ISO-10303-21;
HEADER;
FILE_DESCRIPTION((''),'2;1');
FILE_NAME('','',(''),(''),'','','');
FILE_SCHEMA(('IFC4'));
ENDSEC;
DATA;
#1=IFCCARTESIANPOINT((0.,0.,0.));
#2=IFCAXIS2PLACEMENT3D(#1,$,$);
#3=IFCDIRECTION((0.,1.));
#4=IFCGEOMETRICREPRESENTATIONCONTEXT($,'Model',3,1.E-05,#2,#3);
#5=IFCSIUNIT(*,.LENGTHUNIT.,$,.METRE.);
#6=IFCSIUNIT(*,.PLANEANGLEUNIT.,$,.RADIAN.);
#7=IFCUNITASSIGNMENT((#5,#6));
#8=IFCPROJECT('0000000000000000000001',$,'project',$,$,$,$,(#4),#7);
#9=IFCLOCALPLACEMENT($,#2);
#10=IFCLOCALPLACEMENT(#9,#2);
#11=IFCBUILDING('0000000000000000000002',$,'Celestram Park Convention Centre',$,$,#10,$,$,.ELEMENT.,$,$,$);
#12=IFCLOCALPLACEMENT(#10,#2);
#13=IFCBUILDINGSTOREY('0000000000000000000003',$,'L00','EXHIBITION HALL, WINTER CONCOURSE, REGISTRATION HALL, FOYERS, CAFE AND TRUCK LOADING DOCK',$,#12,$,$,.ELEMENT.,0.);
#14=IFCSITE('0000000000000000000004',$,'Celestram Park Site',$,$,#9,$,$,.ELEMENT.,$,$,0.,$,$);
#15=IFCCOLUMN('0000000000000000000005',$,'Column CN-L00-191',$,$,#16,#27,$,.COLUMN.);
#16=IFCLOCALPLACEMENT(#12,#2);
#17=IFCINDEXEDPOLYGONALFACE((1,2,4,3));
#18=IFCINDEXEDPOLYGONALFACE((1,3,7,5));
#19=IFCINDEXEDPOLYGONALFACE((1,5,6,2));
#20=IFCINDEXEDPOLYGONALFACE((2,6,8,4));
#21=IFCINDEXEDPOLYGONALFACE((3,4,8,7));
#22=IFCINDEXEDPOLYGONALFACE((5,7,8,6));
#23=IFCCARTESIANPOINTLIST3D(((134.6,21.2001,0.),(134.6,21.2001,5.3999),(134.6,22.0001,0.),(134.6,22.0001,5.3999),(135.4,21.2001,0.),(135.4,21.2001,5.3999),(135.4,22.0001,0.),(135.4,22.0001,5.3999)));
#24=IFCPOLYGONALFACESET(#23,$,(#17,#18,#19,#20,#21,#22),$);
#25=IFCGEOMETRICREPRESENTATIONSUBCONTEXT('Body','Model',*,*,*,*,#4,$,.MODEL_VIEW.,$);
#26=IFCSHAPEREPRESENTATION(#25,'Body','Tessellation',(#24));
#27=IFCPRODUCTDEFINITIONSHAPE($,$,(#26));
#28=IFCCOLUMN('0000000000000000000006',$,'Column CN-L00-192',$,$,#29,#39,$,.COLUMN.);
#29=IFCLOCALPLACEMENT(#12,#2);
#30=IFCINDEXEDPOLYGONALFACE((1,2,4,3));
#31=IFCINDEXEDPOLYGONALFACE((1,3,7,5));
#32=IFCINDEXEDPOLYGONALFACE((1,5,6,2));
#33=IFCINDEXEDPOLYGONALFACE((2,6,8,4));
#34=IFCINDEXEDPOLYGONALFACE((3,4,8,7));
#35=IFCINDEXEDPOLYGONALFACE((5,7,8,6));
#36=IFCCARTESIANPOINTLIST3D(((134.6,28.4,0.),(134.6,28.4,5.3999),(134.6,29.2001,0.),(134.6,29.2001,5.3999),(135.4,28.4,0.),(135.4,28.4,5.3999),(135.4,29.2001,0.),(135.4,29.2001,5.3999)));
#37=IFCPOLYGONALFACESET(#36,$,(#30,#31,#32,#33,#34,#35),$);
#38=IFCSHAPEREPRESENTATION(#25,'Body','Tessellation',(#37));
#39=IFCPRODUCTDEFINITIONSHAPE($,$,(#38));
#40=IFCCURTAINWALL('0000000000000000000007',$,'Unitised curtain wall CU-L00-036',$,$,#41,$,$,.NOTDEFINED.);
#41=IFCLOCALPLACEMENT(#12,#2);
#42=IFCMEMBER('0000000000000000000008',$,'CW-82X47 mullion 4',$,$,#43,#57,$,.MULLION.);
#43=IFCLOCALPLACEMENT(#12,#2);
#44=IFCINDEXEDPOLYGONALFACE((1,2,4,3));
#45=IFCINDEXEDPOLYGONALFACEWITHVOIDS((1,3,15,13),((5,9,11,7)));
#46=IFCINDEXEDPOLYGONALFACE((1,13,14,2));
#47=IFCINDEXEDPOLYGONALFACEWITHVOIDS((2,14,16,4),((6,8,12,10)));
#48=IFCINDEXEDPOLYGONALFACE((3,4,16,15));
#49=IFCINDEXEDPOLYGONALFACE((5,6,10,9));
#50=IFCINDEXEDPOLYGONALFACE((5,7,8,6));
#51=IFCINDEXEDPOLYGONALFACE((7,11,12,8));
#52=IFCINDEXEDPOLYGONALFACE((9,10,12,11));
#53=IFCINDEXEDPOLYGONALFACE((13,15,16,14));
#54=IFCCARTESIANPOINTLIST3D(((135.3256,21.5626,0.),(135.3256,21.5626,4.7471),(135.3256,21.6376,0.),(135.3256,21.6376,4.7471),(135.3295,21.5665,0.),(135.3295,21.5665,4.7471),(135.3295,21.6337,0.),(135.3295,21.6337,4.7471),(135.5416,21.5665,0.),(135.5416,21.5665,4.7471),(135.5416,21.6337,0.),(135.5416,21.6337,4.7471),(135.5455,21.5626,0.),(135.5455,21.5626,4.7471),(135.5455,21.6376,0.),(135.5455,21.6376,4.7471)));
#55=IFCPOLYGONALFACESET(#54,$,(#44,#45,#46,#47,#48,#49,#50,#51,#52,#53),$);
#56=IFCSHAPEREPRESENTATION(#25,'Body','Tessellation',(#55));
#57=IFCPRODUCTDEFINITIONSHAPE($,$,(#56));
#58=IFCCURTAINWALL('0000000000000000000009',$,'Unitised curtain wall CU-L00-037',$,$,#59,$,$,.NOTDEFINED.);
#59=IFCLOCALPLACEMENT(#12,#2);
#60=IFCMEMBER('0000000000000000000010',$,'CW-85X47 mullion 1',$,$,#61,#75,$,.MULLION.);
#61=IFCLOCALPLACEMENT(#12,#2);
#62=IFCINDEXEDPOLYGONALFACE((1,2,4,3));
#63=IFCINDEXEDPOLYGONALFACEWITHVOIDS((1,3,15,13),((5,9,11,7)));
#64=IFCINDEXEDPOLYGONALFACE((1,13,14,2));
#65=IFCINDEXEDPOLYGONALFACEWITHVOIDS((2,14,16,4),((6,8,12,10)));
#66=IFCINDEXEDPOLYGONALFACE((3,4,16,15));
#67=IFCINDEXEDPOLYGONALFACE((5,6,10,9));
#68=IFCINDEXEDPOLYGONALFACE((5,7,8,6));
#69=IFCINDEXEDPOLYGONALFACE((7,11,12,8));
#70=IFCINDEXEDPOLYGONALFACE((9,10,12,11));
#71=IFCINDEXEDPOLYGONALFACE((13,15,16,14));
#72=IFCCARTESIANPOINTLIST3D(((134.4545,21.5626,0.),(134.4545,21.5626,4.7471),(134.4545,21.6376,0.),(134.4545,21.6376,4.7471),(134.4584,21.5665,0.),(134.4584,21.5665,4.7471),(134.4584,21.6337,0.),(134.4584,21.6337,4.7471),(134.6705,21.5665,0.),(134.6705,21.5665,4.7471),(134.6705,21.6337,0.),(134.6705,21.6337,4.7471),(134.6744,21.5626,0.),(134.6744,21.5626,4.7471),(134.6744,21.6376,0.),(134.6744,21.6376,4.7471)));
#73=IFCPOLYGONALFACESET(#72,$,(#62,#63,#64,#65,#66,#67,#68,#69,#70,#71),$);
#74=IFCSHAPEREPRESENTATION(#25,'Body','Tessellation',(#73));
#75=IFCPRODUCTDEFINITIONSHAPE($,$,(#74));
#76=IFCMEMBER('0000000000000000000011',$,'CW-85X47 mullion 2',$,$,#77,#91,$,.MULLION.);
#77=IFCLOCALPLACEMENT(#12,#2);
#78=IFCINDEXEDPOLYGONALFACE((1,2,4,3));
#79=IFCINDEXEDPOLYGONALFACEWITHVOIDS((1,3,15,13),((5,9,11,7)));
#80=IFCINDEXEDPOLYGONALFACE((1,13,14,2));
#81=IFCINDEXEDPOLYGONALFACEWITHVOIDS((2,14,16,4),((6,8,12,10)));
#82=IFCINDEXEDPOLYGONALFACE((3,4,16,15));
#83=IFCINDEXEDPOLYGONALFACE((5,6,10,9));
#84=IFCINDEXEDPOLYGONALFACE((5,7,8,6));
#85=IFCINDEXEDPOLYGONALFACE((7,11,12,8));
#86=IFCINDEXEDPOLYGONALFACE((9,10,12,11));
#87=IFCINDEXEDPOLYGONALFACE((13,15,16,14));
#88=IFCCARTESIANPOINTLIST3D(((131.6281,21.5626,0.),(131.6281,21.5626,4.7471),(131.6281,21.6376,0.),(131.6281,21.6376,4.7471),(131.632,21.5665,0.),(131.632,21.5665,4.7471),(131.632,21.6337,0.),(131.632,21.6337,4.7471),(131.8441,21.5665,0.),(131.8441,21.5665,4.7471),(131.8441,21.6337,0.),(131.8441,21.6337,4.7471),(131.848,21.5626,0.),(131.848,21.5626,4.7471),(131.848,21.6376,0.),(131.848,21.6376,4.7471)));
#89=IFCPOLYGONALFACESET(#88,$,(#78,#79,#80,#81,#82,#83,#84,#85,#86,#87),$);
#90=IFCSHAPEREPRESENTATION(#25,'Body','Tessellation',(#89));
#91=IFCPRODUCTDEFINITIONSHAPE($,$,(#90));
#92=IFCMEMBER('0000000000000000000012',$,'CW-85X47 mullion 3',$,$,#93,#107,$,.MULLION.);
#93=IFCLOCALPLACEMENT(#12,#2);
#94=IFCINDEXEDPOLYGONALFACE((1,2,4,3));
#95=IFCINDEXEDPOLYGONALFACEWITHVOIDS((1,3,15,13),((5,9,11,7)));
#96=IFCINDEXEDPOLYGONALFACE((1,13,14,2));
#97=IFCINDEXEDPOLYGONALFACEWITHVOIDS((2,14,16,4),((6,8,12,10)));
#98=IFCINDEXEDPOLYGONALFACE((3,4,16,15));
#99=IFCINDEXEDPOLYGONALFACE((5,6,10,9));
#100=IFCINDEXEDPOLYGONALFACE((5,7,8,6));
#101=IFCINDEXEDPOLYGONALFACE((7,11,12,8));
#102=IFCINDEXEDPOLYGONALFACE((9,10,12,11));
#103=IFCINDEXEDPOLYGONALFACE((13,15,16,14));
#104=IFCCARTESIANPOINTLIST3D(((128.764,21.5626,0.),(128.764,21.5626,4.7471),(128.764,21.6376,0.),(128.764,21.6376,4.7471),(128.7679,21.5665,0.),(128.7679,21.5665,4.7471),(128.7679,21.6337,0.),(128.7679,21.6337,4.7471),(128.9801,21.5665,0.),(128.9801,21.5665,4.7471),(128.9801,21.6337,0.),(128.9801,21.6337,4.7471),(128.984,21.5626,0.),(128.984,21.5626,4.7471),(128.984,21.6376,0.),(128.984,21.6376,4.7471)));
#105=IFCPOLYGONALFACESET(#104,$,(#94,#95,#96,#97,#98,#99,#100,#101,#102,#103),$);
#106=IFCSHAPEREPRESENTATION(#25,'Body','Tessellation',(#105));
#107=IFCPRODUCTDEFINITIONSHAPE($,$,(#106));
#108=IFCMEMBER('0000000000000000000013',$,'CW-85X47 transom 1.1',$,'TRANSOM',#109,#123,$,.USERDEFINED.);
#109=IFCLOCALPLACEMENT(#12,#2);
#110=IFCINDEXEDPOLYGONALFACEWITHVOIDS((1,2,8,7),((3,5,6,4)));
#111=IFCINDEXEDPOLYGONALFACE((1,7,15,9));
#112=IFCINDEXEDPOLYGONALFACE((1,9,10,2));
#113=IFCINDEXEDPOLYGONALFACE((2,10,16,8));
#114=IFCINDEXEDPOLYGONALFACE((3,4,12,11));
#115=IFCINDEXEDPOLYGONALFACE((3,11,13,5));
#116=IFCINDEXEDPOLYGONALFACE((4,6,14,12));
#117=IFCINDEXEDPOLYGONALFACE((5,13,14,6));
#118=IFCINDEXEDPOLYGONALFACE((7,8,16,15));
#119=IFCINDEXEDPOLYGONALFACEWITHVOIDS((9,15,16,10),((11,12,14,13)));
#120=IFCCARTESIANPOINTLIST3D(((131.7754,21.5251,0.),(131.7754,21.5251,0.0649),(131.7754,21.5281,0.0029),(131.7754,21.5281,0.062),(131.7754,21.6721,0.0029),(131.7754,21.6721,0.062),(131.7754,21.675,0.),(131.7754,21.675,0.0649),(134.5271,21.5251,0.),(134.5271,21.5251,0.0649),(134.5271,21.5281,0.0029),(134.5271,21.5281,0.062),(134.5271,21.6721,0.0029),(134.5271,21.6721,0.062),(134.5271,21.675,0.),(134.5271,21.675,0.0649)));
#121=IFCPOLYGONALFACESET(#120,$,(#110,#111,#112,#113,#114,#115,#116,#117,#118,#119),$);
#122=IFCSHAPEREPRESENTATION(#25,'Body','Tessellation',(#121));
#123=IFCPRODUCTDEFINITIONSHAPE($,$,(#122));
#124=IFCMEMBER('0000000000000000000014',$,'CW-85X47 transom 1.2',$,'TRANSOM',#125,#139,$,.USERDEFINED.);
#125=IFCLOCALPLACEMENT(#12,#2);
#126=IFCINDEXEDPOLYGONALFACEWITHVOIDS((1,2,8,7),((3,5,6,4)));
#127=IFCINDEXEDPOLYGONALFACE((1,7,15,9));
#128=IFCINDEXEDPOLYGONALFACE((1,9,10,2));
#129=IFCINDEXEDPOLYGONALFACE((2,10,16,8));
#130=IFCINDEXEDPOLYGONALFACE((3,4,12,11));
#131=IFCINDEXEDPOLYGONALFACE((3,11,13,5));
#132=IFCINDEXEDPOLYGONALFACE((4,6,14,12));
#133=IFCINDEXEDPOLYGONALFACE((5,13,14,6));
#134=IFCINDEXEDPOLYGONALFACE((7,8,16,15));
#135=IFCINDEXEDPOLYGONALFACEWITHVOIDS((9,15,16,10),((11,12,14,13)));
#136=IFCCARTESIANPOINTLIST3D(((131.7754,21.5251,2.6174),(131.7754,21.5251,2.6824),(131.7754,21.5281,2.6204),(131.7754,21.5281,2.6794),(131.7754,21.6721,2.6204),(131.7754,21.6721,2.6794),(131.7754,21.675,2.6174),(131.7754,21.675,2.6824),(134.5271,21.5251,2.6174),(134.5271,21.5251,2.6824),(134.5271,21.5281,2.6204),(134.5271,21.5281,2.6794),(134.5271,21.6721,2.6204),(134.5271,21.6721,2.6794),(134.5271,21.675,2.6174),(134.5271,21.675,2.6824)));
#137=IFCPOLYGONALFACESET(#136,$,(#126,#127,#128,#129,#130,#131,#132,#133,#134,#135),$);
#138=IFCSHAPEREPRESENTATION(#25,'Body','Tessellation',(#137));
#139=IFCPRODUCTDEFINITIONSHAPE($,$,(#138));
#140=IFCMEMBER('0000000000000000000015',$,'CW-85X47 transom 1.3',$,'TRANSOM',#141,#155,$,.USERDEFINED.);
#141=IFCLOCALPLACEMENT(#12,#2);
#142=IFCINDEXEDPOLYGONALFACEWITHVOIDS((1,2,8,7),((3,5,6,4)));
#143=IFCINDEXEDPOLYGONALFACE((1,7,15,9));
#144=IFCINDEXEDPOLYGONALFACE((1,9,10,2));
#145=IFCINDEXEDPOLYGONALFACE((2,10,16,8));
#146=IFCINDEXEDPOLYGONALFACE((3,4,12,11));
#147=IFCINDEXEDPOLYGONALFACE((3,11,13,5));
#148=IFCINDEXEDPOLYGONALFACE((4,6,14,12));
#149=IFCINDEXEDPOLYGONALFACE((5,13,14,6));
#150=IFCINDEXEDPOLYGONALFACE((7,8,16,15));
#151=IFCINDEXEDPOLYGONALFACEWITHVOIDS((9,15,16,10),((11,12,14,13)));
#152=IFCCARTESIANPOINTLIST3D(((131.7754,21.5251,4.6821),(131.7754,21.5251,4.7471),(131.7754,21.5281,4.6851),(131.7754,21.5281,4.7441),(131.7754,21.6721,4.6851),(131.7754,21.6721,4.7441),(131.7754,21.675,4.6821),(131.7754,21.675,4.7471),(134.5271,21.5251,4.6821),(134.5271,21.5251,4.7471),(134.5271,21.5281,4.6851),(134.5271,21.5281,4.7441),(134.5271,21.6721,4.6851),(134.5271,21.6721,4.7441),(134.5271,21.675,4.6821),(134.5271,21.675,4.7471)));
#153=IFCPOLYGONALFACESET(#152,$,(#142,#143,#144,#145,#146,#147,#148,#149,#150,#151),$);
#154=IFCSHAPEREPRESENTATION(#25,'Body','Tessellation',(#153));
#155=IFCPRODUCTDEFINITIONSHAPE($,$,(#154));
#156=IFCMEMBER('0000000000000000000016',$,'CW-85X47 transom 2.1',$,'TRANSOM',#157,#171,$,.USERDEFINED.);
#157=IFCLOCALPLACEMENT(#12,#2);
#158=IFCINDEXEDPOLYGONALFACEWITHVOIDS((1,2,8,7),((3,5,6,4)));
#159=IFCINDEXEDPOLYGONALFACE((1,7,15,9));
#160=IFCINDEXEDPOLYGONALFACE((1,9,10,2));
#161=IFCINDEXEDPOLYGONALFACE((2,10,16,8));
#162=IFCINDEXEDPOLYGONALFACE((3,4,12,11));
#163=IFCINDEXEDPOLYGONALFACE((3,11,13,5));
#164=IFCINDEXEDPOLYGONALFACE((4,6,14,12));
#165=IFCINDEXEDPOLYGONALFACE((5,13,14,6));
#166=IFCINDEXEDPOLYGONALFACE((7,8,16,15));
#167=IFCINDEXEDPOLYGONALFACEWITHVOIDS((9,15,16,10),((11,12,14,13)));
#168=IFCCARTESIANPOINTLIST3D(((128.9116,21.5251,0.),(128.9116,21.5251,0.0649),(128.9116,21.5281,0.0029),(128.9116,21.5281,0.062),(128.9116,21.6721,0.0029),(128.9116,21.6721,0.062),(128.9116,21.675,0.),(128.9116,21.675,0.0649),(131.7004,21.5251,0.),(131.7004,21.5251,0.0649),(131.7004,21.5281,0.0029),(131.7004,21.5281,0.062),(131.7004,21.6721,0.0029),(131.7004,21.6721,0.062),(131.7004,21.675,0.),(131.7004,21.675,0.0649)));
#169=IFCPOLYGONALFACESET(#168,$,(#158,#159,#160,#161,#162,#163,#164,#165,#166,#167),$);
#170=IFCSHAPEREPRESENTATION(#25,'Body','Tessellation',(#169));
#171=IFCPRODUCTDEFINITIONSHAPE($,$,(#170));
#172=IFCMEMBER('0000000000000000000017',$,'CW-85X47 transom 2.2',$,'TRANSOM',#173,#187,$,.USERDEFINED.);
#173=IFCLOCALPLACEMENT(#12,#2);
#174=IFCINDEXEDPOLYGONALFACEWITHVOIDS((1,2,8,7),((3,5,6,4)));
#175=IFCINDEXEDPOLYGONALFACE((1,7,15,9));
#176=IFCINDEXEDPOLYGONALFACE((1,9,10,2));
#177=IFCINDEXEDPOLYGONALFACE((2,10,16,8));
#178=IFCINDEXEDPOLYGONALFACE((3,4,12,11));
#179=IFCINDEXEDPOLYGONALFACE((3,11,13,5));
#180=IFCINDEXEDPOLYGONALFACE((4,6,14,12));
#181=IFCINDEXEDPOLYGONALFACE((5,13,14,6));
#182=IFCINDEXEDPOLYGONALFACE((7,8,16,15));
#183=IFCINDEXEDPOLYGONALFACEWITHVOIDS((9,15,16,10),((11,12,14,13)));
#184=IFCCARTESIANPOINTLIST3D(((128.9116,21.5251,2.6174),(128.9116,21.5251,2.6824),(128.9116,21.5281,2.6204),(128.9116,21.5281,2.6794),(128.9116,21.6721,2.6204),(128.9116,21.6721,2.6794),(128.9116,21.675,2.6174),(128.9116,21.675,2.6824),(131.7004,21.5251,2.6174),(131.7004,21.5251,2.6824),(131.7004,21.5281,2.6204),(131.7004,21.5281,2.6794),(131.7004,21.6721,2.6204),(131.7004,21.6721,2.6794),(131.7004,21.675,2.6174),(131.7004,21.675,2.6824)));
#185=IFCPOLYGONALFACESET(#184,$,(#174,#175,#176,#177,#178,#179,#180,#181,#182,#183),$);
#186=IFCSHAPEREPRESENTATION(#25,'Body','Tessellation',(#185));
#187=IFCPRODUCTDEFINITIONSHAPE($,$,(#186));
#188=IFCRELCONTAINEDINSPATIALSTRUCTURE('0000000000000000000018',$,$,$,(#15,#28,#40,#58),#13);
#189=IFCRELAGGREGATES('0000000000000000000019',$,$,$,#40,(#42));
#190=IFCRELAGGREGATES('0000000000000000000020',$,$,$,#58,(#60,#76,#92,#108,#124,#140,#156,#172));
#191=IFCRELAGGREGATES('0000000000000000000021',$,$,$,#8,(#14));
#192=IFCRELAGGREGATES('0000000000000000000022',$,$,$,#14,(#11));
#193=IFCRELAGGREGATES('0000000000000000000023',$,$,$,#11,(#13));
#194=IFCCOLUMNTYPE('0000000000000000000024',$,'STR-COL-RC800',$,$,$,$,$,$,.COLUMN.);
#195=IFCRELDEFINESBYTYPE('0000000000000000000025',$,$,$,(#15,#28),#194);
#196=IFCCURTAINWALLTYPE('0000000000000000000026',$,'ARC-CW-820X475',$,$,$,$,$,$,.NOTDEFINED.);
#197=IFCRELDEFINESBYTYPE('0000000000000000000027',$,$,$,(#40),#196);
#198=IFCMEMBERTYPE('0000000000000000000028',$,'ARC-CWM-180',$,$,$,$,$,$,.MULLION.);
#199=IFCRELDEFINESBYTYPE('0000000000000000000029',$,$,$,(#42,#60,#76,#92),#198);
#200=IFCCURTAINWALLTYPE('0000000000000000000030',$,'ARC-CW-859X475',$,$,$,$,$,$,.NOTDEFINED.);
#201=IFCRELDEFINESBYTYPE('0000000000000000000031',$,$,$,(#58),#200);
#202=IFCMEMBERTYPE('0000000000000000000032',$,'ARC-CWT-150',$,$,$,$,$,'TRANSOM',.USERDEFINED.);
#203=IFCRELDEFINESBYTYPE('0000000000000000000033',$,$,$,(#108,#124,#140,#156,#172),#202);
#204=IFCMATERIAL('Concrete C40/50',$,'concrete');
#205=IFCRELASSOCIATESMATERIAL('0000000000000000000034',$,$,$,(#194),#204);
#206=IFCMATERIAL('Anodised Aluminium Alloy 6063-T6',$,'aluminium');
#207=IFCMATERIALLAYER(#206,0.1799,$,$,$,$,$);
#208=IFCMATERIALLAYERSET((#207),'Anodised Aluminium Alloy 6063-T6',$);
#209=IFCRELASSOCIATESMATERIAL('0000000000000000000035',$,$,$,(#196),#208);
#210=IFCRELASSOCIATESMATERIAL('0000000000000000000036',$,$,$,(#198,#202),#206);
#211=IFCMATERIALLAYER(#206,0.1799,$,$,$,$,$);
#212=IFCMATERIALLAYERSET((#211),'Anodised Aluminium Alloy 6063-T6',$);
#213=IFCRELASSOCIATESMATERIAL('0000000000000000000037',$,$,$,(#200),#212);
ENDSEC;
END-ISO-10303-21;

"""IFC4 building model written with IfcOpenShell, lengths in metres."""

from ifc_helpers import new_model, si_unit, direction, frame, origin, origin_2d, place, context, subcontext, project, spatial, rectangle, hollow_rectangle, extrude, material, layer, layer_set, material_profile, profile_set, type_object, element, aggregate, save


model = new_model("IFC4")

# Units and contexts
model_context = context("Model", 3, precision=1e-05, world=origin(), true_north=direction((0.0, 1.0)))
body_context = subcontext(model_context, "Body", "Model", "MODEL_VIEW")
ifc_project = project(units=[si_unit("LENGTHUNIT", "METRE"), si_unit("PLANEANGLEUNIT", "RADIAN")], contexts=[model_context])

# Site, building, storey
site_placement = place(None, origin())
site = spatial("IfcSite", under=ifc_project, at=site_placement, Name="Celestram Park Site", CompositionType="ELEMENT", RefElevation=0.0)
building_placement = place(site_placement, origin())
building = spatial("IfcBuilding", under=site, at=building_placement, Name="Celestram Park Convention Centre", CompositionType="ELEMENT")
storey_placement = place(building_placement, origin())
storey = spatial("IfcBuildingStorey", under=building, at=storey_placement, Name="L00", Description="EXHIBITION HALL, WINTER CONCOURSE, REGISTRATION HALL, FOYERS, CAFE AND TRUCK LOADING DOCK", CompositionType="ELEMENT", Elevation=0.0)

# Columns
ifc_material_1 = material(Name="Concrete C40/50", Category="concrete")
ifc_material_profile_1 = material_profile(ifc_material_1, rectangle(XDim=0.8, YDim=0.8, at=origin_2d()), Name="RC800X800")
ifc_profile_set_1 = profile_set([ifc_material_profile_1], Name="Concrete C40/50")
column_type = type_object("IfcColumnType", Name="STR-COL-RC800", PredefinedType="COLUMN", material=ifc_profile_set_1)
for number, where, z_axis, x_axis, name in (
    (1, (135.0, 21.6001, 0.0), (0.0, 0.0, 1.0), (1.0, 0.0, 0.0), "Column CN-L00-191"),
    (2, (135.0, 28.8, 0.0), (0.0, 0.0, 1.0), (1.0, 0.0, 0.0), "Column CN-L00-192"),
):
    element("IfcColumn", number, at=place(storey_placement, frame(where, z_axis=z_axis, x_axis=x_axis)), inside=storey, type_object=column_type, Name=name, PredefinedType="COLUMN", context=body_context, shape_type="SweptSolid", body=[
        extrude(rectangle(XDim=0.8, YDim=0.8, at=origin_2d()), origin(), (0.0, 0.0, 1.0), 5.3999),
    ])

# Curtain wall, member
ifc_material_2 = material(Name="Anodised Aluminium Alloy 6063-T6", Category="aluminium")
ifc_layer_1 = layer(ifc_material_2, 0.1799)
ifc_layer_set_1 = layer_set([ifc_layer_1], Name="Anodised Aluminium Alloy 6063-T6")
curtain_wall_type_1 = type_object("IfcCurtainWallType", Name="ARC-CW-820X475", PredefinedType="NOTDEFINED", material=ifc_layer_set_1)
curtain_wall_1_placement = place(storey_placement, origin())
curtain_wall_1 = element("IfcCurtainWall", 3, at=curtain_wall_1_placement, inside=storey, type_object=curtain_wall_type_1, Name="Unitised curtain wall CU-L00-036", PredefinedType="NOTDEFINED")
ifc_material_profile_2 = material_profile(ifc_material_2, hollow_rectangle(XDim=0.075, YDim=0.22, WallThickness=0.0039, at=origin_2d()), Name="ALU75X220X4")
ifc_profile_set_2 = profile_set([ifc_material_profile_2], Name="Anodised Aluminium Alloy 6063-T6")
member_type_1 = type_object("IfcMemberType", Name="ARC-CWM-180", PredefinedType="MULLION", material=ifc_profile_set_2)
member_1_placement = place(storey_placement, frame((135.4355, 21.6001, 0.0), z_axis=(0.0, 0.0, 1.0), x_axis=(0.0, -1.0, 0.0)))
member_1 = element("IfcMember", 4, at=member_1_placement, type_object=member_type_1, Name="CW-82X47 mullion 4", PredefinedType="MULLION", context=body_context, shape_type="SweptSolid", body=[
    extrude(hollow_rectangle(XDim=0.075, YDim=0.22, WallThickness=0.0039, at=origin_2d()), origin(), (0.0, 0.0, 1.0), 4.7471),
])
aggregate(curtain_wall_1, [member_1])

# Curtain wall, members
ifc_layer_2 = layer(ifc_material_2, 0.1799)
ifc_layer_set_2 = layer_set([ifc_layer_2], Name="Anodised Aluminium Alloy 6063-T6")
curtain_wall_type_2 = type_object("IfcCurtainWallType", Name="ARC-CW-859X475", PredefinedType="NOTDEFINED", material=ifc_layer_set_2)
curtain_wall_2_placement = place(storey_placement, origin())
curtain_wall_2 = element("IfcCurtainWall", 5, at=curtain_wall_2_placement, inside=storey, type_object=curtain_wall_type_2, Name="Unitised curtain wall CU-L00-037", PredefinedType="NOTDEFINED")
member_2_placement = place(storey_placement, frame((134.5645, 21.6001, 0.0), z_axis=(0.0, 0.0, 1.0), x_axis=(0.0, -1.0, 0.0)))
member_2 = element("IfcMember", 6, at=member_2_placement, type_object=member_type_1, Name="CW-85X47 mullion 1", PredefinedType="MULLION", context=body_context, shape_type="SweptSolid", body=[
    extrude(hollow_rectangle(XDim=0.075, YDim=0.22, WallThickness=0.0039, at=origin_2d()), origin(), (0.0, 0.0, 1.0), 4.7471),
])
member_3_placement = place(storey_placement, frame((131.738, 21.6001, 0.0), z_axis=(0.0, 0.0, 1.0), x_axis=(0.0, -1.0, 0.0)))
member_3 = element("IfcMember", 7, at=member_3_placement, type_object=member_type_1, Name="CW-85X47 mullion 2", PredefinedType="MULLION", context=body_context, shape_type="SweptSolid", body=[
    extrude(hollow_rectangle(XDim=0.075, YDim=0.22, WallThickness=0.0039, at=origin_2d()), origin(), (0.0, 0.0, 1.0), 4.7471),
])
member_4_placement = place(storey_placement, frame((128.874, 21.6001, 0.0), z_axis=(0.0, 0.0, 1.0), x_axis=(0.0, -1.0, 0.0)))
member_4 = element("IfcMember", 8, at=member_4_placement, type_object=member_type_1, Name="CW-85X47 mullion 3", PredefinedType="MULLION", context=body_context, shape_type="SweptSolid", body=[
    extrude(hollow_rectangle(XDim=0.075, YDim=0.22, WallThickness=0.0039, at=origin_2d()), origin(), (0.0, 0.0, 1.0), 4.7471),
])
ifc_material_profile_3 = material_profile(ifc_material_2, hollow_rectangle(XDim=0.1499, YDim=0.0649, WallThickness=0.0029, at=origin_2d()), Name="ALU150X65X3")
ifc_profile_set_3 = profile_set([ifc_material_profile_3], Name="Anodised Aluminium Alloy 6063-T6")
member_type_2 = type_object("IfcMemberType", Name="ARC-CWT-150", ElementType="TRANSOM", PredefinedType="USERDEFINED", material=ifc_profile_set_3)
member_5_placement = place(storey_placement, frame((134.5271, 21.6001, 0.0325), z_axis=(-1.0, 0.0, 0.0), x_axis=(0.0, -1.0, 0.0)))
member_5 = element("IfcMember", 9, at=member_5_placement, type_object=member_type_2, Name="CW-85X47 transom 1.1", ObjectType="TRANSOM", PredefinedType="USERDEFINED", context=body_context, shape_type="SweptSolid", body=[
    extrude(hollow_rectangle(XDim=0.1499, YDim=0.0649, WallThickness=0.0029, at=origin_2d()), origin(), (0.0, 0.0, 1.0), 2.7517),
])
member_6_placement = place(storey_placement, frame((134.5271, 21.6001, 2.6499), z_axis=(-1.0, 0.0, 0.0), x_axis=(0.0, -1.0, 0.0)))
member_6 = element("IfcMember", 10, at=member_6_placement, type_object=member_type_2, Name="CW-85X47 transom 1.2", ObjectType="TRANSOM", PredefinedType="USERDEFINED", context=body_context, shape_type="SweptSolid", body=[
    extrude(hollow_rectangle(XDim=0.1499, YDim=0.0649, WallThickness=0.0029, at=origin_2d()), origin(), (0.0, 0.0, 1.0), 2.7517),
])
member_7_placement = place(storey_placement, frame((134.5271, 21.6001, 4.7146), z_axis=(-1.0, 0.0, 0.0), x_axis=(0.0, -1.0, 0.0)))
member_7 = element("IfcMember", 11, at=member_7_placement, type_object=member_type_2, Name="CW-85X47 transom 1.3", ObjectType="TRANSOM", PredefinedType="USERDEFINED", context=body_context, shape_type="SweptSolid", body=[
    extrude(hollow_rectangle(XDim=0.1499, YDim=0.0649, WallThickness=0.0029, at=origin_2d()), origin(), (0.0, 0.0, 1.0), 2.7517),
])
member_8_placement = place(storey_placement, frame((131.7004, 21.6001, 0.0325), z_axis=(-1.0, 0.0, 0.0), x_axis=(0.0, -1.0, 0.0)))
member_8 = element("IfcMember", 12, at=member_8_placement, type_object=member_type_2, Name="CW-85X47 transom 2.1", ObjectType="TRANSOM", PredefinedType="USERDEFINED", context=body_context, shape_type="SweptSolid", body=[
    extrude(hollow_rectangle(XDim=0.1499, YDim=0.0649, WallThickness=0.0029, at=origin_2d()), origin(), (0.0, 0.0, 1.0), 2.7888),
])
member_9_placement = place(storey_placement, frame((131.7004, 21.6001, 2.6499), z_axis=(-1.0, 0.0, 0.0), x_axis=(0.0, -1.0, 0.0)))
member_9 = element("IfcMember", 13, at=member_9_placement, type_object=member_type_2, Name="CW-85X47 transom 2.2", ObjectType="TRANSOM", PredefinedType="USERDEFINED", context=body_context, shape_type="SweptSolid", body=[
    extrude(hollow_rectangle(XDim=0.1499, YDim=0.0649, WallThickness=0.0029, at=origin_2d()), origin(), (0.0, 0.0, 1.0), 2.7888),
])

aggregate(curtain_wall_2, [member_2, member_3, member_4, member_5, member_6, member_7, member_8, member_9])

save(model, "model.ifc")
